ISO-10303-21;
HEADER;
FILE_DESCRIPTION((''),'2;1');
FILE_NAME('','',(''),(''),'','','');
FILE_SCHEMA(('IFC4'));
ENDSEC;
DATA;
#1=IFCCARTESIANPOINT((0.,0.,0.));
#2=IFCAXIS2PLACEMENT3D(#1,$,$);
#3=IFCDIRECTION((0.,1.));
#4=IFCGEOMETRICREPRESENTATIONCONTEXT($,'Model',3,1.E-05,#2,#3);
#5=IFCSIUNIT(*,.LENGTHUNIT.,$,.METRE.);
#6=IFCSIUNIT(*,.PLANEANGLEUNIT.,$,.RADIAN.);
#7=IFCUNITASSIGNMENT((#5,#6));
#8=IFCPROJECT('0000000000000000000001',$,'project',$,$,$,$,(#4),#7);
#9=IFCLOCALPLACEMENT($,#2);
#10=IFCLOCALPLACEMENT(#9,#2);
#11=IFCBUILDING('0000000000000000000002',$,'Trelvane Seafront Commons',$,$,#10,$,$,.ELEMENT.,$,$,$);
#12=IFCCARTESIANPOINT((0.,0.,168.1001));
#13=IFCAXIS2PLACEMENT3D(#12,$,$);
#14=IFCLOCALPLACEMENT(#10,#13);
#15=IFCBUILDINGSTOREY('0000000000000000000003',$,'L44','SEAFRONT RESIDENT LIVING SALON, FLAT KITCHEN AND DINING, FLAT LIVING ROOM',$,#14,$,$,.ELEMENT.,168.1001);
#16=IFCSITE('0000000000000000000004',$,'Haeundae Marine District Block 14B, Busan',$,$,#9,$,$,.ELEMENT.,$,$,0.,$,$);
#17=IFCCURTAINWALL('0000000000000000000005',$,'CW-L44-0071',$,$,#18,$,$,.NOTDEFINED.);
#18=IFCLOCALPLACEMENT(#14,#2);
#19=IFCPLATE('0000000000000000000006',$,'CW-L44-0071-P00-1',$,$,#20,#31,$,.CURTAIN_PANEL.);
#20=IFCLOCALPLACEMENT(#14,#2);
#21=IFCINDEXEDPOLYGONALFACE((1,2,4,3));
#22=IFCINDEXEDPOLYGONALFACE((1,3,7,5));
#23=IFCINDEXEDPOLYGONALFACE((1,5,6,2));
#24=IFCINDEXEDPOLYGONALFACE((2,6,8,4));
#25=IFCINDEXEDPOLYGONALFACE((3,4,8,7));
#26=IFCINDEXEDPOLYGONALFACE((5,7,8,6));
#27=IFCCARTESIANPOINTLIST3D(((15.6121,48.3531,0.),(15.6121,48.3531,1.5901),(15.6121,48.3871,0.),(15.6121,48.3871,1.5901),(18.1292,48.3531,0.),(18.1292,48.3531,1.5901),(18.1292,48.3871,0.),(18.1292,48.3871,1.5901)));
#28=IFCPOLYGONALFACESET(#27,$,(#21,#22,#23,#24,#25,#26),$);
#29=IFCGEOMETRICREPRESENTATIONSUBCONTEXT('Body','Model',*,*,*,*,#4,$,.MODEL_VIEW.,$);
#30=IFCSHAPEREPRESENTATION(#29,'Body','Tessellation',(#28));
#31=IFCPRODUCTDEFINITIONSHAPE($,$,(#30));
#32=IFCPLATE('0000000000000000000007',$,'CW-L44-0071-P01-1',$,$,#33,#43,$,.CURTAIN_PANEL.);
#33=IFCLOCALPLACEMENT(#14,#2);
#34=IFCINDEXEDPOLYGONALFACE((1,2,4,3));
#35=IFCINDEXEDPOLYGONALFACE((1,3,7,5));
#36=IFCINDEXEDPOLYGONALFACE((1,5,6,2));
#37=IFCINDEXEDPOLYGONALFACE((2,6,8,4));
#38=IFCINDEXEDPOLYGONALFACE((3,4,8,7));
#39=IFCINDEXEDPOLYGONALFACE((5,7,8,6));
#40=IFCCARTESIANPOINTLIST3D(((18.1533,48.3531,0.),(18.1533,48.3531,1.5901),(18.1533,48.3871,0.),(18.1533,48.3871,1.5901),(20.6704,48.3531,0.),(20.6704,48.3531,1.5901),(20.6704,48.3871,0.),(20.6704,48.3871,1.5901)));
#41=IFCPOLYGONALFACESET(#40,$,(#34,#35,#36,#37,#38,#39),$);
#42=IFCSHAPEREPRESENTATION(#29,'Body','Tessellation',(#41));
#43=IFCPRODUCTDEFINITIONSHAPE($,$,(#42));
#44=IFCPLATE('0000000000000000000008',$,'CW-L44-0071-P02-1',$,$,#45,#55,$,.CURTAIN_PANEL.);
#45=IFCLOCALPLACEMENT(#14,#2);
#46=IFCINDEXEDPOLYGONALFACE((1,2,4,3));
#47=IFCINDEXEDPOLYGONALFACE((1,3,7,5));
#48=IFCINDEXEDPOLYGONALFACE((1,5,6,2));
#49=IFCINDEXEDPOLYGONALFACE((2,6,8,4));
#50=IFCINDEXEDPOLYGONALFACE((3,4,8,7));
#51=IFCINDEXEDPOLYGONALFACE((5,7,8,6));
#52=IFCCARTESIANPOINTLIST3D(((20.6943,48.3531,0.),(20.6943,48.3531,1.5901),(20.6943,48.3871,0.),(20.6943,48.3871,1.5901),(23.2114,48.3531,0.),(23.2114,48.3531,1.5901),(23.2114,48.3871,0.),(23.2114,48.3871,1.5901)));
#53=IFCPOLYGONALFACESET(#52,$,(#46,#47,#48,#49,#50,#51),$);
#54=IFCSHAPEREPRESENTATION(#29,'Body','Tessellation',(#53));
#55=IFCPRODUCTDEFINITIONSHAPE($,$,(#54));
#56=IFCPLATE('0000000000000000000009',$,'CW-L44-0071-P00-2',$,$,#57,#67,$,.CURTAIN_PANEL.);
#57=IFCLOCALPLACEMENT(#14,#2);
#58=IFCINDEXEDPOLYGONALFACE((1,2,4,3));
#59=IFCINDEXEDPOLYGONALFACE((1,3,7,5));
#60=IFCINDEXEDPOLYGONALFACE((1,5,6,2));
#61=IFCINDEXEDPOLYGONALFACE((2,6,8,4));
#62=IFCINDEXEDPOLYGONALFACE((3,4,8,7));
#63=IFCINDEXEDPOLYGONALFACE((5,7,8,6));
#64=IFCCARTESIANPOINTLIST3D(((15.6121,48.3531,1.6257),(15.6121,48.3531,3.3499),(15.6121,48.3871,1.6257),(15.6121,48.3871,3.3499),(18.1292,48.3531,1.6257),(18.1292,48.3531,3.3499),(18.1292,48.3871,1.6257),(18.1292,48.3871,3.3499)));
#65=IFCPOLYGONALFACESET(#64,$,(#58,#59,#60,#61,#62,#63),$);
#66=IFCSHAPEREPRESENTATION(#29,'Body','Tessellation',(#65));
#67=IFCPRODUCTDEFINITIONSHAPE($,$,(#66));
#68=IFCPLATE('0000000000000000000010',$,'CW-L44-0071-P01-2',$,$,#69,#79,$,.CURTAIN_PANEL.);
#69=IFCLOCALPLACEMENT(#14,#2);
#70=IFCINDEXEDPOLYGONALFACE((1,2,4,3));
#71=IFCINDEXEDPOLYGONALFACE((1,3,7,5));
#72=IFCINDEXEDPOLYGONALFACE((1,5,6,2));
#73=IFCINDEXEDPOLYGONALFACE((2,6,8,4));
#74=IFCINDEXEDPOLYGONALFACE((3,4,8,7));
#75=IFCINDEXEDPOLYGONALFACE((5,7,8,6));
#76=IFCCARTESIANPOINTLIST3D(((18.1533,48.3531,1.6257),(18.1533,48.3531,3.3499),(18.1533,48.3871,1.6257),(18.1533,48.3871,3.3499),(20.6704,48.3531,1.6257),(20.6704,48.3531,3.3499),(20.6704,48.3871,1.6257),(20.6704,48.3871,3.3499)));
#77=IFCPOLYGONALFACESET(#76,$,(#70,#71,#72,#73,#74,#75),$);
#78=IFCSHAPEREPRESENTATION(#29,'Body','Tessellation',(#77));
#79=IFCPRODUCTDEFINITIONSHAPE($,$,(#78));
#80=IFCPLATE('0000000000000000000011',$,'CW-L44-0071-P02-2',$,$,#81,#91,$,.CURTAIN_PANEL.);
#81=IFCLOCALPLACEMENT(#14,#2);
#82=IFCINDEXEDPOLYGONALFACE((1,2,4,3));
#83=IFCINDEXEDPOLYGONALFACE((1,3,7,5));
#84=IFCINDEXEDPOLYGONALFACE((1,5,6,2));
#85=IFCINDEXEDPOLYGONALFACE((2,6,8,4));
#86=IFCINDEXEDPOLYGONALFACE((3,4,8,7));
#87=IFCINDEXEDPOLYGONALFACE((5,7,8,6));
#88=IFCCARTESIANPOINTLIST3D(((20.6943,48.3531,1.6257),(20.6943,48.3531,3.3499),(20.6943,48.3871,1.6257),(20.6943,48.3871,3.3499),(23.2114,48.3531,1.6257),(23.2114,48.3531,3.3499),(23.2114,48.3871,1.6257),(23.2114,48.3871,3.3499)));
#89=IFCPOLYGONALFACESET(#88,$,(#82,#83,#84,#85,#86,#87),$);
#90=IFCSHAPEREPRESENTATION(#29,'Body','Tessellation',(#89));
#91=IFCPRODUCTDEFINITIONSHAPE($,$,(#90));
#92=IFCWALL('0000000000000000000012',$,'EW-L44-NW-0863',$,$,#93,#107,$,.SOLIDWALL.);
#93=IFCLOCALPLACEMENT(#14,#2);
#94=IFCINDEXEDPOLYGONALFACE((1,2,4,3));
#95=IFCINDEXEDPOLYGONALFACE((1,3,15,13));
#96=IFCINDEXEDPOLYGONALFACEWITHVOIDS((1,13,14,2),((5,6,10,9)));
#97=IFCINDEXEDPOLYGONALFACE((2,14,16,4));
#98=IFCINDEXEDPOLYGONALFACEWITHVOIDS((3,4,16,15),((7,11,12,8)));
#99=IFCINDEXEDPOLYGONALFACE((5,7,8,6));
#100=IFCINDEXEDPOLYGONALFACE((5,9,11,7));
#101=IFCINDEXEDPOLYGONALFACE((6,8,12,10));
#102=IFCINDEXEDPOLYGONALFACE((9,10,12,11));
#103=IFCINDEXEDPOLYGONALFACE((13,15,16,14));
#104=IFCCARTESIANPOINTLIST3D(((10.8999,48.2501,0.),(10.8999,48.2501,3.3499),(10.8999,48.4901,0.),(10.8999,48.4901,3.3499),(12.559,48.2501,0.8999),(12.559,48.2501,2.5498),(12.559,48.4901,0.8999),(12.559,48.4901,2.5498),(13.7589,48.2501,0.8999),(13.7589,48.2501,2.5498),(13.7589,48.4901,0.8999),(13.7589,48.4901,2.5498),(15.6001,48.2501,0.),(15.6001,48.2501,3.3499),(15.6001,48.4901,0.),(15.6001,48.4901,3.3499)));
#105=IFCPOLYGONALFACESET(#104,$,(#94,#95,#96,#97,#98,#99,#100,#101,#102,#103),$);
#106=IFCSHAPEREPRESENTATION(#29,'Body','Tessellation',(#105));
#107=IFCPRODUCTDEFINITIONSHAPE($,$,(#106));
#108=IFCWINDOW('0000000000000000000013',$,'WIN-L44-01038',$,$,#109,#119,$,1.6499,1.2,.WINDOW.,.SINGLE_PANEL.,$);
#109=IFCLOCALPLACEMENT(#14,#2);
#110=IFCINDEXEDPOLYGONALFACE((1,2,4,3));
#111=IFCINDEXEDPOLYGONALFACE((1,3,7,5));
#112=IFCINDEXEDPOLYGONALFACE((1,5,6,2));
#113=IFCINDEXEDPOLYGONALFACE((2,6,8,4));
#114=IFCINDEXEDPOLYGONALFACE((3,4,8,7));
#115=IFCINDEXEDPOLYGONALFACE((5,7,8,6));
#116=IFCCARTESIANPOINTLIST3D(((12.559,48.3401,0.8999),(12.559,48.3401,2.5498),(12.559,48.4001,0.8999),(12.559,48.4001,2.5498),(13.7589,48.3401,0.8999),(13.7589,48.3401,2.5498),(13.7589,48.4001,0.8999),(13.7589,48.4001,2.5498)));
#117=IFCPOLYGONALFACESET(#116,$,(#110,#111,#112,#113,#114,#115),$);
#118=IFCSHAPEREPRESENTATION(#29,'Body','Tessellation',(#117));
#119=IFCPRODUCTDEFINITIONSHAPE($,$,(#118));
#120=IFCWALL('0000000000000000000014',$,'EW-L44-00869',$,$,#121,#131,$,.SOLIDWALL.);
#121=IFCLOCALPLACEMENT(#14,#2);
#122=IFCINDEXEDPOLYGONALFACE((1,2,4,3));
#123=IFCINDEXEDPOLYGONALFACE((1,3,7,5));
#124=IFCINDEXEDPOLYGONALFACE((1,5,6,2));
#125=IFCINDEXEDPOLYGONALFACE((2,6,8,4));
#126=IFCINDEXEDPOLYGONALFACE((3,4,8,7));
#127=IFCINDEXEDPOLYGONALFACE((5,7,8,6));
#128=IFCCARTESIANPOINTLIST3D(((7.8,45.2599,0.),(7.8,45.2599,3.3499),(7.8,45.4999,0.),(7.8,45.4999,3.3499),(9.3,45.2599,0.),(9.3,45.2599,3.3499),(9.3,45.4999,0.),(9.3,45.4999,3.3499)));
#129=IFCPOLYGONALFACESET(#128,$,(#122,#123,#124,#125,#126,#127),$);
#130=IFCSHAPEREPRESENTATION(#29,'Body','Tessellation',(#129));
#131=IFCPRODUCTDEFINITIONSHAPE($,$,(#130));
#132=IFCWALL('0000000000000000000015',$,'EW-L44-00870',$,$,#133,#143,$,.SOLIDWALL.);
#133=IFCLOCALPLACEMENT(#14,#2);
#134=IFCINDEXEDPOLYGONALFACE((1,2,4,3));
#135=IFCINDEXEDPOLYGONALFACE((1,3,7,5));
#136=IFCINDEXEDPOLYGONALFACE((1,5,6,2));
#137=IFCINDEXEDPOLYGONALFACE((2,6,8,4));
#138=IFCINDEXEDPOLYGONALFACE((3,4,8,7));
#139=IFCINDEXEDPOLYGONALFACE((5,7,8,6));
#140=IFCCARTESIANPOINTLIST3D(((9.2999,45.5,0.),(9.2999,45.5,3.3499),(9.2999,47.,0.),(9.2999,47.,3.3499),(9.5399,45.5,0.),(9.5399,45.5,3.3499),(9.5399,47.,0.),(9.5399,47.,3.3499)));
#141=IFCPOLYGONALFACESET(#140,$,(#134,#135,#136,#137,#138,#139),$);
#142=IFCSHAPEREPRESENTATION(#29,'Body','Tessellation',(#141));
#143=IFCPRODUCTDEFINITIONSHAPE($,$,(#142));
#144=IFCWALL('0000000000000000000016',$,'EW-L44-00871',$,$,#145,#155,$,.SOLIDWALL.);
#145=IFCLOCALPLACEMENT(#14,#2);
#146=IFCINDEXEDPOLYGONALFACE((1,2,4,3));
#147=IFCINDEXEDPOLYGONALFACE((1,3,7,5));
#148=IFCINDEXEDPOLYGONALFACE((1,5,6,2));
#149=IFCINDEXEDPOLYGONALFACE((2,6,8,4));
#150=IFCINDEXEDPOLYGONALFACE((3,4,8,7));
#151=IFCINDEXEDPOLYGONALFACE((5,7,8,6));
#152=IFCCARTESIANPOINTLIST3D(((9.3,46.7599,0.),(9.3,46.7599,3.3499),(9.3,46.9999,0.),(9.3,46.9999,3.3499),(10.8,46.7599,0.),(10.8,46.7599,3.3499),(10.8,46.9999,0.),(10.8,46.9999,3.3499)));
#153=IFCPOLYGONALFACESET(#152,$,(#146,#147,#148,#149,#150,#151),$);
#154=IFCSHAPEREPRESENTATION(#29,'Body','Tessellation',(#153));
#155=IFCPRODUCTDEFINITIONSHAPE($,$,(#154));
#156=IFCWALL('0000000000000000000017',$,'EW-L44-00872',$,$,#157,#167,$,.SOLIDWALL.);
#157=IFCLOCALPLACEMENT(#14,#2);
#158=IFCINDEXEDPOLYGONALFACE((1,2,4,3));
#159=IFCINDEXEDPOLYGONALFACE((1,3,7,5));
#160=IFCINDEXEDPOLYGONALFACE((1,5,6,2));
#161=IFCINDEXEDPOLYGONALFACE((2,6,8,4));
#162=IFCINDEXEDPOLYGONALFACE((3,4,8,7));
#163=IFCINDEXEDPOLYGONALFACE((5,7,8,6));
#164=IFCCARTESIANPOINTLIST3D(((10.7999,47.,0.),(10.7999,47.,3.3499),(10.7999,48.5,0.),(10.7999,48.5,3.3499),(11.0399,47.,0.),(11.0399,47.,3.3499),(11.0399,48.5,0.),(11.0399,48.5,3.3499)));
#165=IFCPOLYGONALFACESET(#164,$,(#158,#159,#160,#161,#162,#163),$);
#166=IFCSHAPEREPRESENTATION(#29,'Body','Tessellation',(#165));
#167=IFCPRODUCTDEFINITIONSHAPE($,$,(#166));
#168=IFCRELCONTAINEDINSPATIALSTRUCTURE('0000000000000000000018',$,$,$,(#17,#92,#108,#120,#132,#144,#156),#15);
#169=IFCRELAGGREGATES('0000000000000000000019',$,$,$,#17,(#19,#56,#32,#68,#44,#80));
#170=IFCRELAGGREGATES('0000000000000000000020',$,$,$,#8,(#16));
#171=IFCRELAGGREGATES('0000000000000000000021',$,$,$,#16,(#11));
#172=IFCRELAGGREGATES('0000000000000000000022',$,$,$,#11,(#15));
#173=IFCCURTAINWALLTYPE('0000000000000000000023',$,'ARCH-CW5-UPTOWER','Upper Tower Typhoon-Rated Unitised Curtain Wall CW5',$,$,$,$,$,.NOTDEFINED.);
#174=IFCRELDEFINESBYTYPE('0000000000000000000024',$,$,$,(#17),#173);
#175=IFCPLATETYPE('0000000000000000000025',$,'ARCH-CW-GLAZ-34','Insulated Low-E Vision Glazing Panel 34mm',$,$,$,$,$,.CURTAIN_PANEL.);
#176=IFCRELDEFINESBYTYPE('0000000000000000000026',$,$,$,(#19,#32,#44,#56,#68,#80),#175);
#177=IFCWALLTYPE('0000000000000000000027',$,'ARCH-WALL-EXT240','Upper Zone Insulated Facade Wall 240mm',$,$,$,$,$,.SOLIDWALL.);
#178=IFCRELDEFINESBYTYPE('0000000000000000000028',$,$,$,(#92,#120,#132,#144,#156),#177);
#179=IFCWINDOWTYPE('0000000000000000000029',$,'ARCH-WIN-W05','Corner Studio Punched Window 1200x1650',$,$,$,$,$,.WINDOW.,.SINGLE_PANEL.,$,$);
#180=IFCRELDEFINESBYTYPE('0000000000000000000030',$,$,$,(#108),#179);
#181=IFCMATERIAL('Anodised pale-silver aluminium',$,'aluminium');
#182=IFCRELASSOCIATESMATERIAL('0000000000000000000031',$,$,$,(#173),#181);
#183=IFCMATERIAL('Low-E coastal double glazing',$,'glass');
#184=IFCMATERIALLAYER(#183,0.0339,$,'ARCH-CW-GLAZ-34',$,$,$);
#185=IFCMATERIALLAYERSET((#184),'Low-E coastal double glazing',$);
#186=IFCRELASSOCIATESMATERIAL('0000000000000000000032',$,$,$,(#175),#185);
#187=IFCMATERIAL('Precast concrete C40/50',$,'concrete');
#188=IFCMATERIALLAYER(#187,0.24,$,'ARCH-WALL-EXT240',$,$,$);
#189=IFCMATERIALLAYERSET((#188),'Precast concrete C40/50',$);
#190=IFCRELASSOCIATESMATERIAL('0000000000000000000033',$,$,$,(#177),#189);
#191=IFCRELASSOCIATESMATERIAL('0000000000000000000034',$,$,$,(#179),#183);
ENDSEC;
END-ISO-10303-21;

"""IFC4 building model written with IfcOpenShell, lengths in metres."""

from ifc_helpers import new_model, si_unit, direction, frame, frame_2d, origin, origin_2d, place, context, subcontext, project, spatial, rectangle, extrude, source, transform, mapped, material, layer, layer_set, type_object, element, fill, aggregate, save


model = new_model("IFC4")

# Units and contexts
model_context = context("Model", 3, precision=1e-05, world=origin(), true_north=direction((0.0, 1.0)))
body_context = subcontext(model_context, "Body", "Model", "MODEL_VIEW")
ifc_project = project(units=[si_unit("LENGTHUNIT", "METRE"), si_unit("PLANEANGLEUNIT", "RADIAN")], contexts=[model_context])

# Site, building, storey
site_placement = place(None, origin())
site = spatial("IfcSite", under=ifc_project, at=site_placement, Name="Haeundae Marine District Block 14B, Busan", CompositionType="ELEMENT", RefElevation=0.0)
building_placement = place(site_placement, origin())
building = spatial("IfcBuilding", under=site, at=building_placement, Name="Trelvane Seafront Commons", CompositionType="ELEMENT")
storey_placement = place(building_placement, frame((0.0, 0.0, 168.1001)))
storey = spatial("IfcBuildingStorey", under=building, at=storey_placement, Name="L44", Description="SEAFRONT RESIDENT LIVING SALON, FLAT KITCHEN AND DINING, FLAT LIVING ROOM", CompositionType="ELEMENT", Elevation=168.1001)

# Curtain wall
ifc_material_1 = material(Name="Anodised pale-silver aluminium", Category="aluminium")
curtain_wall_type = type_object("IfcCurtainWallType", Name="ARCH-CW5-UPTOWER", Description="Upper Tower Typhoon-Rated Unitised Curtain Wall CW5", PredefinedType="NOTDEFINED", material=ifc_material_1)
curtain_wall_placement = place(storey_placement, origin())
curtain_wall = element("IfcCurtainWall", 1, at=curtain_wall_placement, inside=storey, type_object=curtain_wall_type, Name="CW-L44-0071", PredefinedType="NOTDEFINED")

# Plates
ifc_material_2 = material(Name="Low-E coastal double glazing", Category="glass")
ifc_layer_1 = layer(ifc_material_2, 0.0339, Name="ARCH-CW-GLAZ-34")
ifc_layer_set_1 = layer_set([ifc_layer_1], Name="Low-E coastal double glazing")
plate_type_1 = type_object("IfcPlateType", Name="ARCH-CW-GLAZ-34", Description="Insulated Low-E Vision Glazing Panel 34mm", PredefinedType="CURTAIN_PANEL", material=ifc_layer_set_1)
shared_shape_1 = source(origin(), body_context, "Body", "SweptSolid", [
    extrude(rectangle(XDim=2.5171, YDim=0.0339, at=origin_2d()), origin(), (0.0, 0.0, 1.0), 1.5901),
])
plate_1_placement = place(storey_placement, frame((16.8706, 48.3701, 0.0), z_axis=(0.0, 0.0, 1.0), x_axis=(1.0, 0.0, 0.0)))
plate_1 = element("IfcPlate", 2, at=plate_1_placement, type_object=plate_type_1, Name="CW-L44-0071-P00-1", PredefinedType="CURTAIN_PANEL", context=body_context, shape_type="MappedRepresentation", body=[
    mapped(shared_shape_1, transform((0.0, 0.0, 0.0), x_axis=(1.0, 0.0, 0.0), y_axis=(0.0, 1.0, 0.0), z_axis=(0.0, 0.0, 1.0), scale=1.0)),
])
plate_2_placement = place(storey_placement, frame((19.4119, 48.3701, 0.0), z_axis=(0.0, 0.0, 1.0), x_axis=(1.0, 0.0, 0.0)))
plate_2 = element("IfcPlate", 3, at=plate_2_placement, type_object=plate_type_1, Name="CW-L44-0071-P01-1", PredefinedType="CURTAIN_PANEL", context=body_context, shape_type="MappedRepresentation", body=[
    mapped(shared_shape_1, transform((0.0, 0.0, 0.0), x_axis=(1.0, 0.0, 0.0), y_axis=(0.0, 1.0, 0.0), z_axis=(0.0, 0.0, 1.0), scale=1.0)),
])
plate_3_placement = place(storey_placement, frame((21.9529, 48.3701, 0.0), z_axis=(0.0, 0.0, 1.0), x_axis=(1.0, 0.0, 0.0)))
plate_3 = element("IfcPlate", 4, at=plate_3_placement, type_object=plate_type_1, Name="CW-L44-0071-P02-1", PredefinedType="CURTAIN_PANEL", context=body_context, shape_type="MappedRepresentation", body=[
    mapped(shared_shape_1, transform((0.0, 0.0, 0.0), x_axis=(1.0, 0.0, 0.0), y_axis=(0.0, 1.0, 0.0), z_axis=(0.0, 0.0, 1.0), scale=1.0)),
])
shared_shape_2 = source(origin(), body_context, "Body", "SweptSolid", [
    extrude(rectangle(XDim=2.5171, YDim=0.0339, at=origin_2d()), origin(), (0.0, 0.0, 1.0), 1.7241),
])
plate_4_placement = place(storey_placement, frame((16.8706, 48.3701, 1.6257), z_axis=(0.0, 0.0, 1.0), x_axis=(1.0, 0.0, 0.0)))
plate_4 = element("IfcPlate", 5, at=plate_4_placement, type_object=plate_type_1, Name="CW-L44-0071-P00-2", PredefinedType="CURTAIN_PANEL", context=body_context, shape_type="MappedRepresentation", body=[
    mapped(shared_shape_2, transform((0.0, 0.0, 0.0), x_axis=(1.0, 0.0, 0.0), y_axis=(0.0, 1.0, 0.0), z_axis=(0.0, 0.0, 1.0), scale=1.0)),
])
plate_5_placement = place(storey_placement, frame((19.4119, 48.3701, 1.6257), z_axis=(0.0, 0.0, 1.0), x_axis=(1.0, 0.0, 0.0)))
plate_5 = element("IfcPlate", 6, at=plate_5_placement, type_object=plate_type_1, Name="CW-L44-0071-P01-2", PredefinedType="CURTAIN_PANEL", context=body_context, shape_type="MappedRepresentation", body=[
    mapped(shared_shape_2, transform((0.0, 0.0, 0.0), x_axis=(1.0, 0.0, 0.0), y_axis=(0.0, 1.0, 0.0), z_axis=(0.0, 0.0, 1.0), scale=1.0)),
])
plate_6_placement = place(storey_placement, frame((21.9529, 48.3701, 1.6257), z_axis=(0.0, 0.0, 1.0), x_axis=(1.0, 0.0, 0.0)))
plate_6 = element("IfcPlate", 7, at=plate_6_placement, type_object=plate_type_1, Name="CW-L44-0071-P02-2", PredefinedType="CURTAIN_PANEL", context=body_context, shape_type="MappedRepresentation", body=[
    mapped(shared_shape_2, transform((0.0, 0.0, 0.0), x_axis=(1.0, 0.0, 0.0), y_axis=(0.0, 1.0, 0.0), z_axis=(0.0, 0.0, 1.0), scale=1.0)),
])
aggregate(curtain_wall, [plate_1, plate_4, plate_2, plate_5, plate_3, plate_6])

# Wall, opening, window
ifc_material_3 = material(Name="Precast concrete C40/50", Category="concrete")
ifc_layer_2 = layer(ifc_material_3, 0.24, Name="ARCH-WALL-EXT240")
ifc_layer_set_2 = layer_set([ifc_layer_2], Name="Precast concrete C40/50")
wall_type = type_object("IfcWallType", Name="ARCH-WALL-EXT240", Description="Upper Zone Insulated Facade Wall 240mm", PredefinedType="SOLIDWALL", material=ifc_layer_set_2)
wall_placement = place(storey_placement, frame((10.8999, 48.3701, 0.0), z_axis=(0.0, 0.0, 1.0), x_axis=(1.0, 0.0, 0.0)))
wall = element("IfcWall", 8, at=wall_placement, inside=storey, type_object=wall_type, Name="EW-L44-NW-0863", PredefinedType="SOLIDWALL", context=body_context, shape_type="SweptSolid", body=[
    extrude(rectangle(XDim=4.7002, YDim=0.24, at=frame_2d((2.3501, 0.0))), origin(), (0.0, 0.0, 1.0), 3.3499),
])
opening_placement = place(wall_placement, frame((1.6589, 0.0, 0.8999)))
opening = element("IfcOpeningElement", 9, at=opening_placement, cuts=wall, PredefinedType="OPENING", context=body_context, shape_type="SweptSolid", body=[
    extrude(rectangle(XDim=1.2, YDim=1.6499, at=frame_2d((0.6001, 0.825))), frame((0.0, 0.1299, 0.0), z_axis=(0.0, -1.0, 0.0), x_axis=(1.0, 0.0, 0.0)), (0.0, 0.0, 1.0), 0.26),
])
window_type = type_object("IfcWindowType", Name="ARCH-WIN-W05", Description="Corner Studio Punched Window 1200x1650", PartitioningType="SINGLE_PANEL", PredefinedType="WINDOW", material=ifc_material_2)
shared_shape_3 = source(origin(), body_context, "Body", "SweptSolid", [
    extrude(rectangle(XDim=1.2, YDim=1.6499, at=frame_2d((0.6001, 0.825))), frame((0.0, 0.03, 0.0), z_axis=(0.0, -1.0, 0.0), x_axis=(1.0, 0.0, 0.0)), (0.0, 0.0, 1.0), 0.0601),
])
window_placement = place(opening_placement, origin())
window = element("IfcWindow", 10, at=window_placement, inside=storey, type_object=window_type, Name="WIN-L44-01038", OverallHeight=1.6499, OverallWidth=1.2, PartitioningType="SINGLE_PANEL", PredefinedType="WINDOW", context=body_context, shape_type="MappedRepresentation", body=[
    mapped(shared_shape_3, transform((0.0, 0.0, 0.0), x_axis=(1.0, 0.0, 0.0), y_axis=(0.0, 1.0, 0.0), z_axis=(0.0, 0.0, 1.0), scale=1.0)),
])
fill(opening, window)

# Walls
for number, where, z_axis, x_axis, name in (
    (11, (7.8, 45.3799, 0.0), (0.0, 0.0, 1.0), (1.0, 0.0, 0.0), "EW-L44-00869"),
    (12, (9.4199, 45.5, 0.0), (0.0, 0.0, 1.0), (0.0, 1.0, 0.0), "EW-L44-00870"),
    (13, (9.3, 46.8799, 0.0), (0.0, 0.0, 1.0), (1.0, 0.0, 0.0), "EW-L44-00871"),
    (14, (10.9199, 47.0, 0.0), (0.0, 0.0, 1.0), (0.0, 1.0, 0.0), "EW-L44-00872"),
):
    element("IfcWall", number, at=place(storey_placement, frame(where, z_axis=z_axis, x_axis=x_axis)), inside=storey, type_object=wall_type, Name=name, PredefinedType="SOLIDWALL", context=body_context, shape_type="SweptSolid", body=[
        extrude(rectangle(XDim=1.5, YDim=0.24, at=frame_2d((0.75, 0.0))), origin(), (0.0, 0.0, 1.0), 3.3499),
    ])

save(model, "model.ifc")
